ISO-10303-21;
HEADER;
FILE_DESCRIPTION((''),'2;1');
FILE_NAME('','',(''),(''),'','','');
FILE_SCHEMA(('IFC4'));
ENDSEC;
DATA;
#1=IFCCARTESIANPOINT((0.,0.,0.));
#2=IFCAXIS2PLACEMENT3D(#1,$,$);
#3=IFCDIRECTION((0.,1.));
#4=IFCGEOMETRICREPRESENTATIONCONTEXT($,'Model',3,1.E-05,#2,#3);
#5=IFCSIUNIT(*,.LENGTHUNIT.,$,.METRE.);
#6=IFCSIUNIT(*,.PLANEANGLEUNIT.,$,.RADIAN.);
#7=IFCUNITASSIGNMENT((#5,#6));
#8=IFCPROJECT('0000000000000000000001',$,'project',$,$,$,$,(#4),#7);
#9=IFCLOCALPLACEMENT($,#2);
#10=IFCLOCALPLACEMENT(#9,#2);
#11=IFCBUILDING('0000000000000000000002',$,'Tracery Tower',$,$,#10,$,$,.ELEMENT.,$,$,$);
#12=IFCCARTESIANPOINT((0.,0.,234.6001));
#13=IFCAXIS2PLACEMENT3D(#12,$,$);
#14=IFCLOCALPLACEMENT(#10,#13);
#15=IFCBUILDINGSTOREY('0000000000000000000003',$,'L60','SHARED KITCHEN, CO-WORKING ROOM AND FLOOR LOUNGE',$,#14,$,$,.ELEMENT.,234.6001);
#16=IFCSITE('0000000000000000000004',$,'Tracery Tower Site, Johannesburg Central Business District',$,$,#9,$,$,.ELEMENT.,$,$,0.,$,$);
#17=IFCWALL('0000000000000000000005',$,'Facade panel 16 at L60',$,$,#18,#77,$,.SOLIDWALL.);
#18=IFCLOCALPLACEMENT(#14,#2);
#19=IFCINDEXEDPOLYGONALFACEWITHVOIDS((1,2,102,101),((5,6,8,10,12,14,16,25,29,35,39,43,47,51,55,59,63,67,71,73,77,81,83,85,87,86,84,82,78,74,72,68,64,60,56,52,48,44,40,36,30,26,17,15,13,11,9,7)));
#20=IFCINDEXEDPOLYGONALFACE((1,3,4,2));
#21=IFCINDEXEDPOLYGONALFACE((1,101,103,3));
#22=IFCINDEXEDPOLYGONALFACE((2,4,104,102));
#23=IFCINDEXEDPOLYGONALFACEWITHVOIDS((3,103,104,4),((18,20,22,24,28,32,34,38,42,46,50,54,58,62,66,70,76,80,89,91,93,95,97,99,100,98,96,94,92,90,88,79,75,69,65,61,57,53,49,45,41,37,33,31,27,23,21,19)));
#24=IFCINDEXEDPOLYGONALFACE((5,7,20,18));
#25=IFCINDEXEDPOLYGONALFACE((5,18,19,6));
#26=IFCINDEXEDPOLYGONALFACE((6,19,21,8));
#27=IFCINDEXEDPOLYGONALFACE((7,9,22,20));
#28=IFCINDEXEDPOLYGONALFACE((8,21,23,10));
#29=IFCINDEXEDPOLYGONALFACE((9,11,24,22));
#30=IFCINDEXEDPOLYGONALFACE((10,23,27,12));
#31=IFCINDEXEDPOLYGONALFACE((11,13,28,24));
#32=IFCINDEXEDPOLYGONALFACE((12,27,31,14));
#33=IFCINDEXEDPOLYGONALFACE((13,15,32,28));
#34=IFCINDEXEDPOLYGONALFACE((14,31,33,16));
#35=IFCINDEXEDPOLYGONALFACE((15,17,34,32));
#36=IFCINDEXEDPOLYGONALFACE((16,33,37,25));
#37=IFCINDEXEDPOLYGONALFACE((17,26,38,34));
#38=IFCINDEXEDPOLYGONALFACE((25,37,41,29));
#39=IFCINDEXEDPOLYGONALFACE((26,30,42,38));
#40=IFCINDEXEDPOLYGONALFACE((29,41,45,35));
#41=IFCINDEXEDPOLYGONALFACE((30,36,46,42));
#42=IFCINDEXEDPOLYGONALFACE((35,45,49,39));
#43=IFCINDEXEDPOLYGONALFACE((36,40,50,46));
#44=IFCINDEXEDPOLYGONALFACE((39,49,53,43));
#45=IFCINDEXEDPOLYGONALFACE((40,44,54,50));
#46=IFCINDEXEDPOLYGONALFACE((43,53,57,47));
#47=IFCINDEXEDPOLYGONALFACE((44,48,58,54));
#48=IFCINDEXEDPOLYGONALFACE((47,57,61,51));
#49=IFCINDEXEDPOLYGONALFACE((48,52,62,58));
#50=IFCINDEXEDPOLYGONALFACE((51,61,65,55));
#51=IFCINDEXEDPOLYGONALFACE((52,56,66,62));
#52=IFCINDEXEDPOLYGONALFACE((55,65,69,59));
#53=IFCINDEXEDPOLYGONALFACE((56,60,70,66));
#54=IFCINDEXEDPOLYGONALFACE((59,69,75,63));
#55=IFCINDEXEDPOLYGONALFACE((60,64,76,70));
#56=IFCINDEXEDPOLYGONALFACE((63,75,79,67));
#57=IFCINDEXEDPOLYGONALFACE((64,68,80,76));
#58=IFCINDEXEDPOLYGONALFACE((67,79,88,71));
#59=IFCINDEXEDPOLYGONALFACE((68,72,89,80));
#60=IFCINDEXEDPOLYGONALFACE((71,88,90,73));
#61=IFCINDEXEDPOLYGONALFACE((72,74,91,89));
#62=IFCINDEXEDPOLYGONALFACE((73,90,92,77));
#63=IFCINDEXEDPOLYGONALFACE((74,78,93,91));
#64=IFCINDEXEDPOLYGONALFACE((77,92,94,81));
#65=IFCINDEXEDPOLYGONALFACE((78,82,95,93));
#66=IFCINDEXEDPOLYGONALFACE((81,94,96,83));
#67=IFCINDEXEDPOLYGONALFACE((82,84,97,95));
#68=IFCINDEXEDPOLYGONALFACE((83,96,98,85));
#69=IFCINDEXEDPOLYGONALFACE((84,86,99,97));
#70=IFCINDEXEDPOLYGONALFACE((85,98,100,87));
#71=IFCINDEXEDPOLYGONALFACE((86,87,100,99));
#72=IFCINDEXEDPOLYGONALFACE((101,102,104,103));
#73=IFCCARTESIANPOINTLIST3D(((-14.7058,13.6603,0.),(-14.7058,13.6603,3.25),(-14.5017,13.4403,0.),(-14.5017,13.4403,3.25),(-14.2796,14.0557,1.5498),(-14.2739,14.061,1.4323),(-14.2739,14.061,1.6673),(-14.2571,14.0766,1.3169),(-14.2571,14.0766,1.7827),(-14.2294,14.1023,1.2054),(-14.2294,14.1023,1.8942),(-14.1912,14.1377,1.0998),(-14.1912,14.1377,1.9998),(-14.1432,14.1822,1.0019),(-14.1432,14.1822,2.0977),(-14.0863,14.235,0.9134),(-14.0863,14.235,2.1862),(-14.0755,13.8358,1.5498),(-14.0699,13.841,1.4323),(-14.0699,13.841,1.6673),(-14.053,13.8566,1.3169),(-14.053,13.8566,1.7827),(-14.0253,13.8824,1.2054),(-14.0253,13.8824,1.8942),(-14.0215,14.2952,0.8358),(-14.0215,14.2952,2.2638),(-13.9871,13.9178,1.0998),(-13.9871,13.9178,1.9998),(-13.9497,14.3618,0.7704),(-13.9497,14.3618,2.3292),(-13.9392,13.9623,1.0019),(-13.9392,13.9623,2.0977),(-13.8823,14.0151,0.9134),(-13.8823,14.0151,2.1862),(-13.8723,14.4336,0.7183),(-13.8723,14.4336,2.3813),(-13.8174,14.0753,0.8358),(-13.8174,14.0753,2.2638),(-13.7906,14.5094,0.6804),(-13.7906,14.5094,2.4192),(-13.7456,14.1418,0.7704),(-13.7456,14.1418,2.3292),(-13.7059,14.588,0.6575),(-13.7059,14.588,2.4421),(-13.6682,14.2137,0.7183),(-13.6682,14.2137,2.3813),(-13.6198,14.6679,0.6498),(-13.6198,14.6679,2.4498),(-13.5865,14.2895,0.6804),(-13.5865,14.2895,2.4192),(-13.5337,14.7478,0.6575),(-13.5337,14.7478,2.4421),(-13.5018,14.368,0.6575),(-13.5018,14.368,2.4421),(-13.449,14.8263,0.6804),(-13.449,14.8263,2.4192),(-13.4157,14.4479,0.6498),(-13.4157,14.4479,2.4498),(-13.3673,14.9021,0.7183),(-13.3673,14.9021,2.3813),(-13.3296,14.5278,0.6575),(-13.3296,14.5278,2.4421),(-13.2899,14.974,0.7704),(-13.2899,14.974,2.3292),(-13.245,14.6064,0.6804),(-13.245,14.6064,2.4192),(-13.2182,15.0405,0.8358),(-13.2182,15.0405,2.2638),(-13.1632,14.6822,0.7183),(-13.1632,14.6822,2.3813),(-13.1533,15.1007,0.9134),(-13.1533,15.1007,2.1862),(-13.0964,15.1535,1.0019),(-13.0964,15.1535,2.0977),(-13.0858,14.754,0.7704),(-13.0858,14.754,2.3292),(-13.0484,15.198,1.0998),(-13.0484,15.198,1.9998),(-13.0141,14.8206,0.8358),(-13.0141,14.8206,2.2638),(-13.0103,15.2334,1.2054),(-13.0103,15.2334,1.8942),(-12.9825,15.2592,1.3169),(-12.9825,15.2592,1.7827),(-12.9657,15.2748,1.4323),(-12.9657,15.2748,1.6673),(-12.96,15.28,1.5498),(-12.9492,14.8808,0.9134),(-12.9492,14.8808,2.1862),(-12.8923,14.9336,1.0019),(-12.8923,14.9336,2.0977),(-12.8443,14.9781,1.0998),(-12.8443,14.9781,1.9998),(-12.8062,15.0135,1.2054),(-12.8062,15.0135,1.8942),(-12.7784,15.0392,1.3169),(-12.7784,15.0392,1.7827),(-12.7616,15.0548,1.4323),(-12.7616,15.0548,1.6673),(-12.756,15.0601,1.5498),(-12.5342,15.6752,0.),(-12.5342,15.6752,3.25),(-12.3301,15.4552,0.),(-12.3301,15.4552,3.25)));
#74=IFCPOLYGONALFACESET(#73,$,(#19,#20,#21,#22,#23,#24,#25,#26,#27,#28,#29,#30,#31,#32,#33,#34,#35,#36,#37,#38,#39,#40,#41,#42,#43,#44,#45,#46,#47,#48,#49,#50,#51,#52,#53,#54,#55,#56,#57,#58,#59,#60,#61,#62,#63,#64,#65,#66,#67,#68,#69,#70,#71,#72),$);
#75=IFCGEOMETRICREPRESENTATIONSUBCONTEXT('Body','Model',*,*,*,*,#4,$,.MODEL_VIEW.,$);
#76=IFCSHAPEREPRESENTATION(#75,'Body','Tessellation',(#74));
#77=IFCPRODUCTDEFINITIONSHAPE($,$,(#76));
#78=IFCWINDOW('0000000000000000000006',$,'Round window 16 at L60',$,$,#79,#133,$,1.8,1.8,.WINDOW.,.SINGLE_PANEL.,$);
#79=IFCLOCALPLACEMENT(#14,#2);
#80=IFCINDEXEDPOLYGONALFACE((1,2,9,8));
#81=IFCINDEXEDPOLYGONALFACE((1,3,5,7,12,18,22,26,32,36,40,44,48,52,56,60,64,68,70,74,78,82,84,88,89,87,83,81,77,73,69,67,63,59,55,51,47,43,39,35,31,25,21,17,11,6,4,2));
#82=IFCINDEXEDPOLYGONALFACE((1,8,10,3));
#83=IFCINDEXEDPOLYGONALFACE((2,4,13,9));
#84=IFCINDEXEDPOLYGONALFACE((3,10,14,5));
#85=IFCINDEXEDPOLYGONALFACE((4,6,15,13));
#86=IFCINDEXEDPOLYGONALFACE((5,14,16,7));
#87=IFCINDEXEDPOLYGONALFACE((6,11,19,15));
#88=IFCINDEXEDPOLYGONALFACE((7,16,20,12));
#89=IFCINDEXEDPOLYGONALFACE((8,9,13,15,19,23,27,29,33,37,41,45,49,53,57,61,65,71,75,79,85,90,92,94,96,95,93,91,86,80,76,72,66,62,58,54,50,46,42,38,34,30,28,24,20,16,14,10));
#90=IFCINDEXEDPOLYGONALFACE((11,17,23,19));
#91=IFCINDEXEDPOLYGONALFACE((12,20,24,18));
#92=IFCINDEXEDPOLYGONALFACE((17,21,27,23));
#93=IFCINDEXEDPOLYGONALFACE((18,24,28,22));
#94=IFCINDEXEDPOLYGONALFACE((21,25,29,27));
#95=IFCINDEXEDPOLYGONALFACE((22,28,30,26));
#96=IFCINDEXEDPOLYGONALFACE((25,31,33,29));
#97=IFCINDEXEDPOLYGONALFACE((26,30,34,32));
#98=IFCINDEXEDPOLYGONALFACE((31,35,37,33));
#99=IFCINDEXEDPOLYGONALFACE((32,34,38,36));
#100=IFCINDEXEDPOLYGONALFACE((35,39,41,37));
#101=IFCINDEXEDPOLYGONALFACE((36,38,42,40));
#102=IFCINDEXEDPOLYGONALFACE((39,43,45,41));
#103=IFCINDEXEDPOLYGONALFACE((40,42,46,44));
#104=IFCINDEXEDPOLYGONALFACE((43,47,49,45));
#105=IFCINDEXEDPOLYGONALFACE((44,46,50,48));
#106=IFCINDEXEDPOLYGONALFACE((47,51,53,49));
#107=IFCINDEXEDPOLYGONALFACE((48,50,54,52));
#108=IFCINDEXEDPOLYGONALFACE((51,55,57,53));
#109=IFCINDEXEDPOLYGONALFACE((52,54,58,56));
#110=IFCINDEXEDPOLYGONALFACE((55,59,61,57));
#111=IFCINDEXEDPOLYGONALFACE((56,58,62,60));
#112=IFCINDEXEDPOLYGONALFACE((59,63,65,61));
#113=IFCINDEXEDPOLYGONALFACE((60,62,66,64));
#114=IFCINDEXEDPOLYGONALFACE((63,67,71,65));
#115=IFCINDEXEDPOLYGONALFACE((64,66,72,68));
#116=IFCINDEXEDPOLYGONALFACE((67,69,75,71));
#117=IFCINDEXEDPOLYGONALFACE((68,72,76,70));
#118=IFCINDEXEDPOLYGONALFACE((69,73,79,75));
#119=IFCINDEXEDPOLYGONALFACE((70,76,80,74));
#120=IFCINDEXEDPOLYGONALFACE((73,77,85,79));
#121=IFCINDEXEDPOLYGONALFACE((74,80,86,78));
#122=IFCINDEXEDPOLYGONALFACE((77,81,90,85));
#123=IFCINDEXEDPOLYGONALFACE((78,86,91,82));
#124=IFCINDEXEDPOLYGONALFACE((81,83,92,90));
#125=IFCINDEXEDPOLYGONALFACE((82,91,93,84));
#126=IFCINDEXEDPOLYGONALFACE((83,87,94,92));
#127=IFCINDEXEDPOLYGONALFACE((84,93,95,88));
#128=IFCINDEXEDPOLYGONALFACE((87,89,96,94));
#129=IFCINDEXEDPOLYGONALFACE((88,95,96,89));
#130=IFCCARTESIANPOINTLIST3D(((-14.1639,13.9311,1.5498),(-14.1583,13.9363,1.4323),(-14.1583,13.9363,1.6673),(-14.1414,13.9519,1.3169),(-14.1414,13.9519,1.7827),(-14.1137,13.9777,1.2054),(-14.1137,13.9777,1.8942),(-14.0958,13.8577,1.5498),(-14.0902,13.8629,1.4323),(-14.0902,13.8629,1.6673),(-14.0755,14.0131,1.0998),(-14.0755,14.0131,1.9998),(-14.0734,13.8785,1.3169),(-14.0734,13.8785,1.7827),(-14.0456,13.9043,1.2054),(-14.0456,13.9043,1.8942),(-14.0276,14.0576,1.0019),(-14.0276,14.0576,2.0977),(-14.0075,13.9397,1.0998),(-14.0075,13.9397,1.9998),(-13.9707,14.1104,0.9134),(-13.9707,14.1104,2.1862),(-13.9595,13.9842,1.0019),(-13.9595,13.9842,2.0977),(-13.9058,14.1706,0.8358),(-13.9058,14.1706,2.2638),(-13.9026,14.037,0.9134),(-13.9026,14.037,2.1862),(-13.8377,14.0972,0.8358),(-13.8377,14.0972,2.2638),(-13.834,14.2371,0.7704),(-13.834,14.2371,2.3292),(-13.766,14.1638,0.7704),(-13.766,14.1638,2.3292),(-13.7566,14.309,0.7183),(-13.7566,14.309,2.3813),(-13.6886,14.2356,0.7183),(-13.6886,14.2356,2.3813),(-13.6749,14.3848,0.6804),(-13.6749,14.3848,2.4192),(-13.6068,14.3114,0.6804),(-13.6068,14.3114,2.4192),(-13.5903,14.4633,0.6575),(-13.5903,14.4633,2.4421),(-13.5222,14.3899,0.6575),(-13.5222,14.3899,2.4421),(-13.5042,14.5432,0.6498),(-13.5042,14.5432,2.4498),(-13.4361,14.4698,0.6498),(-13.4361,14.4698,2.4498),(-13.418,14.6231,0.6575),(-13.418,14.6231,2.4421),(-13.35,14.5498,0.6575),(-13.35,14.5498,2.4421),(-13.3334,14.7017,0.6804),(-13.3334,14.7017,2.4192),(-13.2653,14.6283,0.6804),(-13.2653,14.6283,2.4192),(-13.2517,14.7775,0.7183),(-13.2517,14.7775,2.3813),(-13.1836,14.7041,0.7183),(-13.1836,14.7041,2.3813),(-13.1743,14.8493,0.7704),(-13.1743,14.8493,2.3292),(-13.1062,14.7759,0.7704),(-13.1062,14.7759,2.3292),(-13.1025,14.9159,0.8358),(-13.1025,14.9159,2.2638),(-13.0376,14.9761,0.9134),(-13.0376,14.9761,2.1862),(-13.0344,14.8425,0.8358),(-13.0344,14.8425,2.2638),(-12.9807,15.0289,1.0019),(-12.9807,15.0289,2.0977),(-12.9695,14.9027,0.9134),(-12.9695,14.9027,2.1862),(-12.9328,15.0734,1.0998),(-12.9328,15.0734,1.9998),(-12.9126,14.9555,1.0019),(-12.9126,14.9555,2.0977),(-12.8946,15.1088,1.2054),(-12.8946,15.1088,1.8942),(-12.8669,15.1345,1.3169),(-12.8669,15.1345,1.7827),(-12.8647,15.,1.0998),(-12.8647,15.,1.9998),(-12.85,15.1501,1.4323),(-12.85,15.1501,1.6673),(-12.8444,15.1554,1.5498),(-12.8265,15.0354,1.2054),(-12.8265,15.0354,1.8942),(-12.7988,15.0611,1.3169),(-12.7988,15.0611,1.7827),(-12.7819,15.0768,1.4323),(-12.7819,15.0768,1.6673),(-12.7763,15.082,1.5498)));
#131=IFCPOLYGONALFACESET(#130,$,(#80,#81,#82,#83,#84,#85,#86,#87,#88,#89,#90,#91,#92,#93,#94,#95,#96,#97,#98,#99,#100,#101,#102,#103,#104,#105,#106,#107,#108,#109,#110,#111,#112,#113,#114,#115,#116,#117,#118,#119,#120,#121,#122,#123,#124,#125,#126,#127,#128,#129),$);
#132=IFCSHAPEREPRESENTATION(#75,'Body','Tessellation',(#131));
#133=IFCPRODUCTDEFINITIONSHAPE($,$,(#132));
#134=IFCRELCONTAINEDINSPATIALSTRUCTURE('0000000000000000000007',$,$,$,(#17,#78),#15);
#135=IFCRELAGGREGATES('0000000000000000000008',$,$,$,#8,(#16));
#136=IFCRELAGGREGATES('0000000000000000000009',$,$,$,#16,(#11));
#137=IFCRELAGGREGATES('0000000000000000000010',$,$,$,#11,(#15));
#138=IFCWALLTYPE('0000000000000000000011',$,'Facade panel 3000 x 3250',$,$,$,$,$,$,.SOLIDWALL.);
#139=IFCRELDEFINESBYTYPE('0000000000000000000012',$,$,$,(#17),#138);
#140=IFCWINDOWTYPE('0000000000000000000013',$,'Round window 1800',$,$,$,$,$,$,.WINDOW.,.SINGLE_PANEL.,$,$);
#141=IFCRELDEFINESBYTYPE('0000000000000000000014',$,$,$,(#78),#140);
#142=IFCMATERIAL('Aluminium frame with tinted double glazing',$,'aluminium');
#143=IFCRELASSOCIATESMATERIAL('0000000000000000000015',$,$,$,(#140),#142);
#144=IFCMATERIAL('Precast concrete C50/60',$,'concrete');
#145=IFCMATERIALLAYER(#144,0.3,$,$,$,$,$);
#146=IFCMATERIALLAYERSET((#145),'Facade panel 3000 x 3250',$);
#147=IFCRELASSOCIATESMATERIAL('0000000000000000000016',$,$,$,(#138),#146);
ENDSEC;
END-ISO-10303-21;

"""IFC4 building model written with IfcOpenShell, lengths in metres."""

from ifc_helpers import new_model, si_unit, direction, frame, frame_2d, origin, origin_2d, place, context, subcontext, project, spatial, rectangle, circle, extrude, material, layer, layer_set, type_object, element, fill, save


model = new_model("IFC4")

# Units and contexts
model_context = context("Model", 3, precision=1e-05, world=origin(), true_north=direction((0.0, 1.0)))
body_context = subcontext(model_context, "Body", "Model", "MODEL_VIEW")
ifc_project = project(units=[si_unit("LENGTHUNIT", "METRE"), si_unit("PLANEANGLEUNIT", "RADIAN")], contexts=[model_context])

# Site, building, storey
site_placement = place(None, origin())
site = spatial("IfcSite", under=ifc_project, at=site_placement, Name="Tracery Tower Site, Johannesburg Central Business District", CompositionType="ELEMENT", RefElevation=0.0)
building_placement = place(site_placement, origin())
building = spatial("IfcBuilding", under=site, at=building_placement, Name="Tracery Tower", CompositionType="ELEMENT")
storey_placement = place(building_placement, frame((0.0, 0.0, 234.6001)))
storey = spatial("IfcBuildingStorey", under=building, at=storey_placement, Name="L60", Description="SHARED KITCHEN, CO-WORKING ROOM AND FLOOR LOUNGE", CompositionType="ELEMENT", Elevation=234.6001)

# Wall, opening, window
ifc_material_1 = material(Name="Aluminium frame with tinted double glazing", Category="aluminium")
window_type = type_object("IfcWindowType", Name="Round window 1800", PartitioningType="SINGLE_PANEL", PredefinedType="WINDOW", material=ifc_material_1)
ifc_material_2 = material(Name="Precast concrete C50/60", Category="concrete")
ifc_layer_1 = layer(ifc_material_2, 0.3)
ifc_layer_set_1 = layer_set([ifc_layer_1], Name="Facade panel 3000 x 3250")
wall_type_1 = type_object("IfcWallType", Name="Facade panel 3000 x 3250", PredefinedType="SOLIDWALL", material=ifc_layer_set_1)
wall_1_placement = place(storey_placement, frame((-12.4321, 15.5652, 0.0), z_axis=(0.0, 0.0, 1.0), x_axis=(-0.733066, -0.680157, 0.0)))
wall_1 = element("IfcWall", 1, at=wall_1_placement, inside=storey, type_object=wall_type_1, Name="Facade panel 16 at L60", PredefinedType="SOLIDWALL", context=body_context, shape_type="SweptSolid", body=[
    extrude(rectangle(XDim=2.9624, YDim=0.3, at=frame_2d((1.4812, 0.0))), origin(), (0.0, 0.0, 1.0), 3.25),
])
opening_1_placement = place(wall_1_placement, frame((1.481, 0.0, 1.5498)))
opening_1 = element("IfcOpeningElement", 2, at=opening_1_placement, cuts=wall_1, PredefinedType="OPENING", context=body_context, shape_type="SweptSolid", body=[
    extrude(circle(Radius=0.9, at=origin_2d()), frame((0.0, 0.1599, 0.0), z_axis=(0.0, -1.0, 0.0), x_axis=(1.0, 0.0, 0.0)), (0.0, 0.0, 1.0), 0.3201),
])
window_1_placement = place(opening_1_placement, origin())
window_1 = element("IfcWindow", 3, at=window_1_placement, inside=storey, type_object=window_type, Name="Round window 16 at L60", OverallHeight=1.8, OverallWidth=1.8, PartitioningType="SINGLE_PANEL", PredefinedType="WINDOW", context=body_context, shape_type="SweptSolid", body=[
    extrude(circle(Radius=0.9, at=origin_2d()), frame((0.0, 0.1201, 0.0), z_axis=(0.0, -1.0, 0.0), x_axis=(1.0, 0.0, 0.0)), (0.0, 0.0, 1.0), 0.1001),
])
fill(opening_1, window_1)

save(model, "model.ifc")
